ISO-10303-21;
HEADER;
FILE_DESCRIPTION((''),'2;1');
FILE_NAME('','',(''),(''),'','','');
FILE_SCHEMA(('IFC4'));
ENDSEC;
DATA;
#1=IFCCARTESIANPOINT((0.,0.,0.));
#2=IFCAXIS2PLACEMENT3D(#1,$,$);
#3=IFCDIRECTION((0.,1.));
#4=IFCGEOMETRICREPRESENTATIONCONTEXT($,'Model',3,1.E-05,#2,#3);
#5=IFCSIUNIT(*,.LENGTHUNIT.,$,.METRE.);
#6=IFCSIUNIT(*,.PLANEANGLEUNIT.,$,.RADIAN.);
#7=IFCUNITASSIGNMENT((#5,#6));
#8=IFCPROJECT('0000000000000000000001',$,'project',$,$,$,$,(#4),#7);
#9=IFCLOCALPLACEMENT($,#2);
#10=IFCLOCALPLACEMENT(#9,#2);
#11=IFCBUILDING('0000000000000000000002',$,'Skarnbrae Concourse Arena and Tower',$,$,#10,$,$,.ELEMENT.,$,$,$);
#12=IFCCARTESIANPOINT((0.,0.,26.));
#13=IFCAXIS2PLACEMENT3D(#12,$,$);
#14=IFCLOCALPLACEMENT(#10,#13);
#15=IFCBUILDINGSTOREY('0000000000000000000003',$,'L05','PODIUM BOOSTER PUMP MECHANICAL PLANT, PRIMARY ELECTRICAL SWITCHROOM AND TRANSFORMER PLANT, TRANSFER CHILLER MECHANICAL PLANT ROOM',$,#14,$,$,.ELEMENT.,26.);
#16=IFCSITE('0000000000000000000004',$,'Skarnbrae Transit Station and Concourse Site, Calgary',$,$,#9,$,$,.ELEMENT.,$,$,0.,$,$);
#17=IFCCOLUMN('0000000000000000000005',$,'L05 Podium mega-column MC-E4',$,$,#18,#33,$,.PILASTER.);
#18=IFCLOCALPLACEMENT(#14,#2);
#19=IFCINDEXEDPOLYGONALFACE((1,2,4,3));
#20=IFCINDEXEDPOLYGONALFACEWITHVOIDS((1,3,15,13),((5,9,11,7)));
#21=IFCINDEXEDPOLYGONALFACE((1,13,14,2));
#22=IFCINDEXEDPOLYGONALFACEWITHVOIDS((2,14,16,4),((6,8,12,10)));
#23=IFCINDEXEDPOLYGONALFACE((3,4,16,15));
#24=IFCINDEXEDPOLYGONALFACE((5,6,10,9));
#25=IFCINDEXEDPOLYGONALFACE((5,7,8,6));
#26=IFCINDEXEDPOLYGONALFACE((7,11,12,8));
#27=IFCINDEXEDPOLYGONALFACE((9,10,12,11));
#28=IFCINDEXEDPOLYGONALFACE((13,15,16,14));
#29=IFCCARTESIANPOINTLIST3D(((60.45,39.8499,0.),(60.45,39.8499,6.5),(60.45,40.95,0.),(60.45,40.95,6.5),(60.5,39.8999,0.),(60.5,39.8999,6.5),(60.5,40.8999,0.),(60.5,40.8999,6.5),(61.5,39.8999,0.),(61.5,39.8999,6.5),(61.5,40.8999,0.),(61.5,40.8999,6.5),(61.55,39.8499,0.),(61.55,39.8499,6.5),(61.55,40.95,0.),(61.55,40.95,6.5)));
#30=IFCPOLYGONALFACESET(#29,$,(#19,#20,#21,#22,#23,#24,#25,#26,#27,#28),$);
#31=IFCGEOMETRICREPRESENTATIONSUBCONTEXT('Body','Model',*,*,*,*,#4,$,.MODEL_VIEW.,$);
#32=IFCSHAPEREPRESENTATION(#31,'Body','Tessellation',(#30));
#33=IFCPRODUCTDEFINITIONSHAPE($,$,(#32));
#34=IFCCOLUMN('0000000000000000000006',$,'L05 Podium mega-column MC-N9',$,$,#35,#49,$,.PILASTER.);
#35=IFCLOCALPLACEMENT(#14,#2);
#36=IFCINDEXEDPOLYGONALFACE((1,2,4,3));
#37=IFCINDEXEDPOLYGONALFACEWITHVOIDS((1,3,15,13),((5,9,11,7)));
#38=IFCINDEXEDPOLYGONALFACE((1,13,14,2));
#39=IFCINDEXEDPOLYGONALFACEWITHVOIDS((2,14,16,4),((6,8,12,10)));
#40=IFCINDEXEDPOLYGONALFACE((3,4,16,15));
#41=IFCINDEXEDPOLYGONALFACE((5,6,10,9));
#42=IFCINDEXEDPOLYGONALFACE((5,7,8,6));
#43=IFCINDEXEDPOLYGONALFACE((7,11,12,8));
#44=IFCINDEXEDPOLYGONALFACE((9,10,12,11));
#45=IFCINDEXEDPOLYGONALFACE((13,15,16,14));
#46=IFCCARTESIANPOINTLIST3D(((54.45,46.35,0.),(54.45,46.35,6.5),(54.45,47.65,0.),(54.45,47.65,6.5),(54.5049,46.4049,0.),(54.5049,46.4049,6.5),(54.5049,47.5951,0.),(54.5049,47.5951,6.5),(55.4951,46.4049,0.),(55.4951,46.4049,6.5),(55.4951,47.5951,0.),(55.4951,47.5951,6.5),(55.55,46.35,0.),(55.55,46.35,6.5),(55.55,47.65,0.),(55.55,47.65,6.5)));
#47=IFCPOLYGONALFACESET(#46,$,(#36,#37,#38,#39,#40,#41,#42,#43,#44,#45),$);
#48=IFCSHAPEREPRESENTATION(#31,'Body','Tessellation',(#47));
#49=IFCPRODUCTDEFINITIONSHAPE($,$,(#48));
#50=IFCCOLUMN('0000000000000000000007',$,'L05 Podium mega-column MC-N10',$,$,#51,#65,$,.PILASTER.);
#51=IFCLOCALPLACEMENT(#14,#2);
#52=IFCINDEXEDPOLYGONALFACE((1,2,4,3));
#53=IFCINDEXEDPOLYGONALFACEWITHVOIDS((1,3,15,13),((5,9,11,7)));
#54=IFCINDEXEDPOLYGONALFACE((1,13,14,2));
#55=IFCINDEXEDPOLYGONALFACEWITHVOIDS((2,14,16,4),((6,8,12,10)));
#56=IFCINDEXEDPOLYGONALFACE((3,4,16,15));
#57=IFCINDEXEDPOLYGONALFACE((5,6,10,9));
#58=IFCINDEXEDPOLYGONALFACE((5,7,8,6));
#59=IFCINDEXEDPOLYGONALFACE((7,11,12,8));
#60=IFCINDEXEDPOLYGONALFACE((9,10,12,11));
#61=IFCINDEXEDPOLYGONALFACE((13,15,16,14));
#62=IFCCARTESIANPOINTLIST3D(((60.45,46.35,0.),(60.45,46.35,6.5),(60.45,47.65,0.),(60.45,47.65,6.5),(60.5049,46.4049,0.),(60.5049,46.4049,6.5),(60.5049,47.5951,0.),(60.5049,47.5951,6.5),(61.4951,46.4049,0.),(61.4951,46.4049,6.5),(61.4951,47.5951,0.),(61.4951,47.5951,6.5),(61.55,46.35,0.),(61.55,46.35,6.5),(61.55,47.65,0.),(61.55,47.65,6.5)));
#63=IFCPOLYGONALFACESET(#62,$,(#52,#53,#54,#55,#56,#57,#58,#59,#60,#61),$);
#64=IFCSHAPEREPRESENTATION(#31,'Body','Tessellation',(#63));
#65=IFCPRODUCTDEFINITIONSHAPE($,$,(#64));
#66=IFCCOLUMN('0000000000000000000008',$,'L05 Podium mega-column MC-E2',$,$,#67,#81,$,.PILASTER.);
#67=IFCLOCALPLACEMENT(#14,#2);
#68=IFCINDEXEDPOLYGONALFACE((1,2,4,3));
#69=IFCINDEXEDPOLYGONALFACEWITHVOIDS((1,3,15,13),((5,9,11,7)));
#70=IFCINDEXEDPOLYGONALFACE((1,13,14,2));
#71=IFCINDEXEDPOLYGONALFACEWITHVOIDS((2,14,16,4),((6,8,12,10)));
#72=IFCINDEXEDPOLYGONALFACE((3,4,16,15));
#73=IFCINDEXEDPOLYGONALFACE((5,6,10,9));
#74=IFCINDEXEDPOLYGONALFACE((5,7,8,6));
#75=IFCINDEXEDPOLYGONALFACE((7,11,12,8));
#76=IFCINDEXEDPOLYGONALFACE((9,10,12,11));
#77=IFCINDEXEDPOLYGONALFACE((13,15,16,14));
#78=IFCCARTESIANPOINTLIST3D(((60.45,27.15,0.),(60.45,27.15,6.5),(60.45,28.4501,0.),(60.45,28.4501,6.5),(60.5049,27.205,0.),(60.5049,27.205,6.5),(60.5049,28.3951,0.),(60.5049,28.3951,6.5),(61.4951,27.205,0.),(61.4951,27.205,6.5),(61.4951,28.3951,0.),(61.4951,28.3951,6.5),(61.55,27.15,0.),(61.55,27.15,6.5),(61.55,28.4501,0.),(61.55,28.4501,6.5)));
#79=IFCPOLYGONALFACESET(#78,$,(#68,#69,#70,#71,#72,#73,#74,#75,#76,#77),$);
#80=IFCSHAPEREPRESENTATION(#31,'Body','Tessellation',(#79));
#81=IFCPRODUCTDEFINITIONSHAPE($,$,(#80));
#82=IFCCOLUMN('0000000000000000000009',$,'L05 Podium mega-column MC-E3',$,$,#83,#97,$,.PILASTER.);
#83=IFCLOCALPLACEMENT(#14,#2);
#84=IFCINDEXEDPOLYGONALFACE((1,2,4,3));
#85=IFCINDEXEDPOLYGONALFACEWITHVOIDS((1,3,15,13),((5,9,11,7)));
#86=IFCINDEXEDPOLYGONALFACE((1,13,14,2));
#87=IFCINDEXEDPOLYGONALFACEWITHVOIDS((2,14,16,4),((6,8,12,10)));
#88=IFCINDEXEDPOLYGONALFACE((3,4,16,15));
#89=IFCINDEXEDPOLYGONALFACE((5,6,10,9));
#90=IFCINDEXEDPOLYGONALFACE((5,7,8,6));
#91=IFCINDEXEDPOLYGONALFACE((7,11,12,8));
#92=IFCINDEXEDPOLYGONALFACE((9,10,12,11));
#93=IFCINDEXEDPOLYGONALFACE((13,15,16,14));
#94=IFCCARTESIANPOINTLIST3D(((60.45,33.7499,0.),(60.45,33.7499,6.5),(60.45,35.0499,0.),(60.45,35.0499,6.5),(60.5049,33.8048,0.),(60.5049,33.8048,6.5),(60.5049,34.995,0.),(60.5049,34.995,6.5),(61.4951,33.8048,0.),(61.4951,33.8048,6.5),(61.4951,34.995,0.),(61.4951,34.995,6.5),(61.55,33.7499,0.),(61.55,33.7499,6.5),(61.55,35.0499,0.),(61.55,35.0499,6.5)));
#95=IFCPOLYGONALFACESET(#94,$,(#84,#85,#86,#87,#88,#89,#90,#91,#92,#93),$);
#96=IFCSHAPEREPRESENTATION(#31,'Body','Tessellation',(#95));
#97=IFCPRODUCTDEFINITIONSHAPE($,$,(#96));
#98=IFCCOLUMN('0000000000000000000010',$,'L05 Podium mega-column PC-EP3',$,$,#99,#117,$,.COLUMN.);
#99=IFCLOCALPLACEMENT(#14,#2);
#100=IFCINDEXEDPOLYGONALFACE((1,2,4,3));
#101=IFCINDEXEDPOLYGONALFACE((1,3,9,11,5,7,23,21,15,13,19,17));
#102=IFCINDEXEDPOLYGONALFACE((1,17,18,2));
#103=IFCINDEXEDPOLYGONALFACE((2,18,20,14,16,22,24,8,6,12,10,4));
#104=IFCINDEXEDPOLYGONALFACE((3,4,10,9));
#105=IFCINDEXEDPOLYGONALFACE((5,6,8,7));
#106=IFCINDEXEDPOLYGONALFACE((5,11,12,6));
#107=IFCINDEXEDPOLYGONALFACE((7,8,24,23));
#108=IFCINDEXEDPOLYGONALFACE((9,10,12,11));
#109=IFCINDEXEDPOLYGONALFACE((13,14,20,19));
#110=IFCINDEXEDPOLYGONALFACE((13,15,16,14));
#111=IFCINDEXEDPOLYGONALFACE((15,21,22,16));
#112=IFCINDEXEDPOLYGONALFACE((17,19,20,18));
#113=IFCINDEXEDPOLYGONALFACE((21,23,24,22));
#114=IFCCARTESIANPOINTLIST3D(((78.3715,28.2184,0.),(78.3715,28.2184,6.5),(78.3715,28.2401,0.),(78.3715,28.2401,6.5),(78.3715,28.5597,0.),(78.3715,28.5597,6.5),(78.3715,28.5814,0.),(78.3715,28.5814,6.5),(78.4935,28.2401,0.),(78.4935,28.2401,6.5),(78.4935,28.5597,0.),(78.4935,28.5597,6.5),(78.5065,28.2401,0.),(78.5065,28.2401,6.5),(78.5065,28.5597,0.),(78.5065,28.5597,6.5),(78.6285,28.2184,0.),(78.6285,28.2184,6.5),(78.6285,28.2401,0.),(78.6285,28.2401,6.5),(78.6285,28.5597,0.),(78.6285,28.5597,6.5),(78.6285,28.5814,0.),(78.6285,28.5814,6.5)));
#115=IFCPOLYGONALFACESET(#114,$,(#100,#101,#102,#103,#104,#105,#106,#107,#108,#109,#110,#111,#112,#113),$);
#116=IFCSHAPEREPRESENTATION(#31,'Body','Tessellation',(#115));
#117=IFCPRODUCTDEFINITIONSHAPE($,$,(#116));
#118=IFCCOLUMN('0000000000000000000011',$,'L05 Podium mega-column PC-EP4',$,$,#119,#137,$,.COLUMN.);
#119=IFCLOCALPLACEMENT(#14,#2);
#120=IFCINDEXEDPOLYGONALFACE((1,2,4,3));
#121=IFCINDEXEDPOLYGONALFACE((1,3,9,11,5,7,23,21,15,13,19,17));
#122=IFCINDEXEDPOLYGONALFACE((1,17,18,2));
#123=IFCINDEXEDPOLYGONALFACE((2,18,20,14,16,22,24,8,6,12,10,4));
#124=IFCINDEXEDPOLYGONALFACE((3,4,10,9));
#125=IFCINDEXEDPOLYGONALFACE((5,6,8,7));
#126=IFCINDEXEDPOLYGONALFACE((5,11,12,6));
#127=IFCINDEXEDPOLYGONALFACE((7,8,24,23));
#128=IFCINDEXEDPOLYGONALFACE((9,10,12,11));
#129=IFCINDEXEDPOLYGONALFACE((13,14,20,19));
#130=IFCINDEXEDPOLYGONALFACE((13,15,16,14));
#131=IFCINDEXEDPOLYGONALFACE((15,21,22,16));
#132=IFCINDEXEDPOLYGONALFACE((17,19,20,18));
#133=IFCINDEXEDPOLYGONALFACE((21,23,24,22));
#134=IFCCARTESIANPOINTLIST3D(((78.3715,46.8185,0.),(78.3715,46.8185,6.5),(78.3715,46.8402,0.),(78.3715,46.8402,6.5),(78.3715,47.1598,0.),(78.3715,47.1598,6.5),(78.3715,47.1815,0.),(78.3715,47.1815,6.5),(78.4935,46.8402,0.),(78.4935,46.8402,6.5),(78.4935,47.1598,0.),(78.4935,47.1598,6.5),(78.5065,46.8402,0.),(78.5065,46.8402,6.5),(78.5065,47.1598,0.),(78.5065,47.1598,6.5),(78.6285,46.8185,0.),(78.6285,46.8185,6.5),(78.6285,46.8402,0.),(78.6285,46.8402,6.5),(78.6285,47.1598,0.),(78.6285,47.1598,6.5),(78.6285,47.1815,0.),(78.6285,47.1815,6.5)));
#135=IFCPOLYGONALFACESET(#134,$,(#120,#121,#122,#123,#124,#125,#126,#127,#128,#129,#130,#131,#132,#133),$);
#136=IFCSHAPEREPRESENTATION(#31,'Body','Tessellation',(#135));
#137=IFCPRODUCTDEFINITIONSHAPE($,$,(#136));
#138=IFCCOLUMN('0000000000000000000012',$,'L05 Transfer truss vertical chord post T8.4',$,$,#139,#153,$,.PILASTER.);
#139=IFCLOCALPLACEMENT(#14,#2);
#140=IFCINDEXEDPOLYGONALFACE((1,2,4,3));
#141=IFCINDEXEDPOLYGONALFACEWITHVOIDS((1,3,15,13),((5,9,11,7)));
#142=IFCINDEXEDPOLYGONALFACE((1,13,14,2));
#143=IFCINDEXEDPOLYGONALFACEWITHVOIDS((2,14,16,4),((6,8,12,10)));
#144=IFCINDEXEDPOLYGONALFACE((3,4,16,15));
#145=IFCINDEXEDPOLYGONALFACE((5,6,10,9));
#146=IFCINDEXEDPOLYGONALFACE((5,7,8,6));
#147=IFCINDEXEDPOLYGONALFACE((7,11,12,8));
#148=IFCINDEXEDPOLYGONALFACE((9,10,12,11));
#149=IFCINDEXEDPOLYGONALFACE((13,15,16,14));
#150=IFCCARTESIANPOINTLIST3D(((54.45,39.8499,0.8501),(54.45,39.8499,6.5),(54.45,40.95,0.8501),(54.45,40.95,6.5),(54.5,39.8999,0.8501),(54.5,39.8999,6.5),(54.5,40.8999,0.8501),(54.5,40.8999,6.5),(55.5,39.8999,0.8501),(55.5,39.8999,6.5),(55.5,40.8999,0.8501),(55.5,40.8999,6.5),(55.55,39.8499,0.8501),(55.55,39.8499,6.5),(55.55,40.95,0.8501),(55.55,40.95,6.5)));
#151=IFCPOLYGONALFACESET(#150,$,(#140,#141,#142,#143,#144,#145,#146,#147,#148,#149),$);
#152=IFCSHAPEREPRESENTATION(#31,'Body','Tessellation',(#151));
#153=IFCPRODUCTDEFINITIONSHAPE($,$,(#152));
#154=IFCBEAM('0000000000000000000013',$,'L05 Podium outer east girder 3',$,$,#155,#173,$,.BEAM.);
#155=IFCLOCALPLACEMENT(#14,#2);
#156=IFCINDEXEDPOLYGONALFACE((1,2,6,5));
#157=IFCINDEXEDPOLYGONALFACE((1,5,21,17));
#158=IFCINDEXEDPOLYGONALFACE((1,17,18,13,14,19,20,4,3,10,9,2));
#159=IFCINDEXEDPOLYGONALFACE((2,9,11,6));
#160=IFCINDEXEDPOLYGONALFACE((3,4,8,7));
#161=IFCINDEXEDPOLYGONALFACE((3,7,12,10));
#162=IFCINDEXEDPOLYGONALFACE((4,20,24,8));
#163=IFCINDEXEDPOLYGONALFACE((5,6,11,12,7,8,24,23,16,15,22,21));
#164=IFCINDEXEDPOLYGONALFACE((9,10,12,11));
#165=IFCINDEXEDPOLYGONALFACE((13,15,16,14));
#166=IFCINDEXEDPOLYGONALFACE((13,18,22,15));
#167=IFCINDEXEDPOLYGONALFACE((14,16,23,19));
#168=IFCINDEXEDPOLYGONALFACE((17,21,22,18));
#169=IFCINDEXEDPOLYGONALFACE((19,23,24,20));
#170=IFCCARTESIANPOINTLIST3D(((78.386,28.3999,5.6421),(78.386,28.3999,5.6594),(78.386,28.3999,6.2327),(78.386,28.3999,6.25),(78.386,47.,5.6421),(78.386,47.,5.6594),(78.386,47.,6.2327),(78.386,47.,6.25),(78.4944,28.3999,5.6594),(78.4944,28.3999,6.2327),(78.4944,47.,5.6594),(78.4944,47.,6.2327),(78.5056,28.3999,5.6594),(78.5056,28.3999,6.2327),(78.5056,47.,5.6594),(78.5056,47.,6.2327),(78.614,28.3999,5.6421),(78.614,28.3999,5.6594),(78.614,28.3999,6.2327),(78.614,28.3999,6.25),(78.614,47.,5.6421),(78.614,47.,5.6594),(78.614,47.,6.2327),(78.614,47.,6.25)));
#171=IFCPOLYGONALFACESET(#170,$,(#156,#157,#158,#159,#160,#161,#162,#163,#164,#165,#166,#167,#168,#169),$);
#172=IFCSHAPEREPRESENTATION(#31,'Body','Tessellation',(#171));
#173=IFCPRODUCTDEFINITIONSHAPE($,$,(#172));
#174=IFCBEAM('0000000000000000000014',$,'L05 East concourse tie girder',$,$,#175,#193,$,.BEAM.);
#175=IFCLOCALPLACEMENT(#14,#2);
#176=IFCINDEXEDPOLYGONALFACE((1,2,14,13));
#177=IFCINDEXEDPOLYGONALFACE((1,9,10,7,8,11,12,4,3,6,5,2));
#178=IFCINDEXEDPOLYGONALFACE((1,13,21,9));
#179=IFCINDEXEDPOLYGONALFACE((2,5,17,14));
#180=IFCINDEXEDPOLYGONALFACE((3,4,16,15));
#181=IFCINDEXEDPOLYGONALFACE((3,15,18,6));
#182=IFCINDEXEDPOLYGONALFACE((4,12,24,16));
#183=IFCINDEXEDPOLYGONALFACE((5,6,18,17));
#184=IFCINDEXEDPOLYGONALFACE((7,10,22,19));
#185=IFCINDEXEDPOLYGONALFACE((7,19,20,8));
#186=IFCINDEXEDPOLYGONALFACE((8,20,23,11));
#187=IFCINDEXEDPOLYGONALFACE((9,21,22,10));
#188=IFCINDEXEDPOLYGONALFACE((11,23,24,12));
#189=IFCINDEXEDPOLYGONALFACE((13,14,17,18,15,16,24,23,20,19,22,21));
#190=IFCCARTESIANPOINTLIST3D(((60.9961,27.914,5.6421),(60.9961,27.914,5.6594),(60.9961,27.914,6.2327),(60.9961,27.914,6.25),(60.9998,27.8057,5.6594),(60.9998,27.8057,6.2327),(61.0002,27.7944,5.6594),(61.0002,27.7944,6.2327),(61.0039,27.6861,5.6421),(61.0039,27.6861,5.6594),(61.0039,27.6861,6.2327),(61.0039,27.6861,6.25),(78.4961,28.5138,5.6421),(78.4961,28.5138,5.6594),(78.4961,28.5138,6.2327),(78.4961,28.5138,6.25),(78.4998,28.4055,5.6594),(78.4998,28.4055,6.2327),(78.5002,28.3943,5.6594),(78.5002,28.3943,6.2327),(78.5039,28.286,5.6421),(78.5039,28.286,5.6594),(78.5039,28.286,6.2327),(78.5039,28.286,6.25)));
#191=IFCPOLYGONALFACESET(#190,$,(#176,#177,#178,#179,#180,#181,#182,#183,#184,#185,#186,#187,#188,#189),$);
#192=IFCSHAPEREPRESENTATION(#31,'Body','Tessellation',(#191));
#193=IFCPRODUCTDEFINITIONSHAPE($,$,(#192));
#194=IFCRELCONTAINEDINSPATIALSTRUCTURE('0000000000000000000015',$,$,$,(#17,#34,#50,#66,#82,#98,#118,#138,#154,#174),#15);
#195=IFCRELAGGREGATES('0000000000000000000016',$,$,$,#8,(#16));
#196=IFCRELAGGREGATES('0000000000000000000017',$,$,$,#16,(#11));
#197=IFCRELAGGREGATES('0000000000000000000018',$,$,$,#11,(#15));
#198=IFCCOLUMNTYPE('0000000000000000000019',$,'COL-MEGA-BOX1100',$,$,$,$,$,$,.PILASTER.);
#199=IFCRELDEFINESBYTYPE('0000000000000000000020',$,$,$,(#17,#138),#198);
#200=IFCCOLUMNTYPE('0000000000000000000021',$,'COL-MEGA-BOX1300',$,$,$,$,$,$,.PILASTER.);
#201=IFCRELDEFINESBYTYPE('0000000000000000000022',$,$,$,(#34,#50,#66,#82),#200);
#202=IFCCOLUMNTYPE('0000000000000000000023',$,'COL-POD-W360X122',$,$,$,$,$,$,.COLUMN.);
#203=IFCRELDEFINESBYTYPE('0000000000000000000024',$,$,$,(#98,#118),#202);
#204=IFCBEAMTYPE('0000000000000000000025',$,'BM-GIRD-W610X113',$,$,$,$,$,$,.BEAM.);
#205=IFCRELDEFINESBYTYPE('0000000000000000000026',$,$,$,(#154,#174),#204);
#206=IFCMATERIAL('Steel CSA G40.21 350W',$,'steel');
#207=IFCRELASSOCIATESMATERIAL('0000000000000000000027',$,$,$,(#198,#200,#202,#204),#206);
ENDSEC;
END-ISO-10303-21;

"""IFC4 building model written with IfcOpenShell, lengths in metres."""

from ifc_helpers import new_model, si_unit, direction, frame, origin, origin_2d, place, context, subcontext, project, spatial, hollow_rectangle, i_section, extrude, source, transform, mapped, material, material_profile, profile_set, type_object, element, save


model = new_model("IFC4")

# Units and contexts
model_context = context("Model", 3, precision=1e-05, world=origin(), true_north=direction((0.0, 1.0)))
body_context = subcontext(model_context, "Body", "Model", "MODEL_VIEW")
ifc_project = project(units=[si_unit("LENGTHUNIT", "METRE"), si_unit("PLANEANGLEUNIT", "RADIAN")], contexts=[model_context])

# Site, building, storey
site_placement = place(None, origin())
site = spatial("IfcSite", under=ifc_project, at=site_placement, Name="Skarnbrae Transit Station and Concourse Site, Calgary", CompositionType="ELEMENT", RefElevation=0.0)
building_placement = place(site_placement, origin())
building = spatial("IfcBuilding", under=site, at=building_placement, Name="Skarnbrae Concourse Arena and Tower", CompositionType="ELEMENT")
storey_placement = place(building_placement, frame((0.0, 0.0, 26.0)))
storey = spatial("IfcBuildingStorey", under=building, at=storey_placement, Name="L05", Description="PODIUM BOOSTER PUMP MECHANICAL PLANT, PRIMARY ELECTRICAL SWITCHROOM AND TRANSFORMER PLANT, TRANSFER CHILLER MECHANICAL PLANT ROOM", CompositionType="ELEMENT", Elevation=26.0)

# Columns
ifc_material_1 = material(Name="Steel CSA G40.21 350W", Category="steel")
ifc_material_profile_1 = material_profile(ifc_material_1, hollow_rectangle(XDim=1.1001, YDim=1.1001, WallThickness=0.05, at=origin_2d()), Name="BOX1100X1100X50")
ifc_profile_set_1 = profile_set([ifc_material_profile_1], Name="Steel CSA G40.21 350W")
column_type_1 = type_object("IfcColumnType", Name="COL-MEGA-BOX1100", PredefinedType="PILASTER", material=ifc_profile_set_1)
shared_shape_1 = source(origin(), body_context, "Body", "SweptSolid", [
    extrude(hollow_rectangle(XDim=1.1001, YDim=1.1001, WallThickness=0.05, at=origin_2d()), origin(), (0.0, 0.0, 1.0), 6.5),
])
column_1_placement = place(storey_placement, frame((61.0, 40.3999, 0.0), z_axis=(0.0, 0.0, 1.0), x_axis=(1.0, 0.0, 0.0)))
element("IfcColumn", 1, at=column_1_placement, inside=storey, type_object=column_type_1, Name="L05 Podium mega-column MC-E4", PredefinedType="PILASTER", context=body_context, shape_type="MappedRepresentation", body=[
    mapped(shared_shape_1, transform((0.0, 0.0, 0.0))),
])
ifc_material_profile_2 = material_profile(ifc_material_1, hollow_rectangle(XDim=1.1001, YDim=1.3, WallThickness=0.0549, at=origin_2d()), Name="BOX1300X1100X55")
ifc_profile_set_2 = profile_set([ifc_material_profile_2], Name="Steel CSA G40.21 350W")
column_type_2 = type_object("IfcColumnType", Name="COL-MEGA-BOX1300", PredefinedType="PILASTER", material=ifc_profile_set_2)
shared_shape_2 = source(origin(), body_context, "Body", "SweptSolid", [
    extrude(hollow_rectangle(XDim=1.1001, YDim=1.3, WallThickness=0.0549, at=origin_2d()), origin(), (0.0, 0.0, 1.0), 6.5),
])
for number, where, z_axis, x_axis, name in (
    (2, (55.0, 47.0, 0.0), (0.0, 0.0, 1.0), (1.0, 0.0, 0.0), "L05 Podium mega-column MC-N9"),
    (3, (61.0, 47.0, 0.0), (0.0, 0.0, 1.0), (1.0, 0.0, 0.0), "L05 Podium mega-column MC-N10"),
    (4, (61.0, 27.8, 0.0), (0.0, 0.0, 1.0), (1.0, 0.0, 0.0), "L05 Podium mega-column MC-E2"),
    (5, (61.0, 34.3999, 0.0), (0.0, 0.0, 1.0), (1.0, 0.0, 0.0), "L05 Podium mega-column MC-E3"),
):
    element("IfcColumn", number, at=place(storey_placement, frame(where, z_axis=z_axis, x_axis=x_axis)), inside=storey, type_object=column_type_2, Name=name, PredefinedType="PILASTER", context=body_context, shape_type="MappedRepresentation", body=[
        mapped(shared_shape_2, transform((0.0, 0.0, 0.0))),
    ])
ifc_material_profile_3 = material_profile(ifc_material_1, i_section(OverallWidth=0.2571, OverallDepth=0.363, WebThickness=0.0129, FlangeThickness=0.0217, at=origin_2d()), Name="W360X122")
ifc_profile_set_3 = profile_set([ifc_material_profile_3], Name="Steel CSA G40.21 350W")
column_type_3 = type_object("IfcColumnType", Name="COL-POD-W360X122", PredefinedType="COLUMN", material=ifc_profile_set_3)
shared_shape_3 = source(origin(), body_context, "Body", "SweptSolid", [
    extrude(i_section(OverallWidth=0.2571, OverallDepth=0.363, WebThickness=0.0129, FlangeThickness=0.0217, at=origin_2d()), origin(), (0.0, 0.0, 1.0), 6.5),
])
for number, where, z_axis, x_axis, name in (
    (6, (78.5, 28.3999, 0.0), (0.0, 0.0, 1.0), (1.0, 0.0, 0.0), "L05 Podium mega-column PC-EP3"),
    (7, (78.5, 47.0, 0.0), (0.0, 0.0, 1.0), (1.0, 0.0, 0.0), "L05 Podium mega-column PC-EP4"),
):
    element("IfcColumn", number, at=place(storey_placement, frame(where, z_axis=z_axis, x_axis=x_axis)), inside=storey, type_object=column_type_3, Name=name, PredefinedType="COLUMN", context=body_context, shape_type="MappedRepresentation", body=[
        mapped(shared_shape_3, transform((0.0, 0.0, 0.0))),
    ])
shared_shape_4 = source(origin(), body_context, "Body", "SweptSolid", [
    extrude(hollow_rectangle(XDim=1.1001, YDim=1.1001, WallThickness=0.05, at=origin_2d()), origin(), (0.0, 0.0, 1.0), 5.6499),
])
column_2_placement = place(storey_placement, frame((55.0, 40.3999, 0.8501), z_axis=(0.0, 0.0, 1.0), x_axis=(1.0, 0.0, 0.0)))
element("IfcColumn", 8, at=column_2_placement, inside=storey, type_object=column_type_1, Name="L05 Transfer truss vertical chord post T8.4", PredefinedType="PILASTER", context=body_context, shape_type="MappedRepresentation", body=[
    mapped(shared_shape_4, transform((0.0, 0.0, 0.0))),
])

# Beams
ifc_material_profile_4 = material_profile(ifc_material_1, i_section(OverallWidth=0.228, OverallDepth=0.6079, WebThickness=0.0112, FlangeThickness=0.0173, at=origin_2d()), Name="W610X113")
ifc_profile_set_4 = profile_set([ifc_material_profile_4], Name="Steel CSA G40.21 350W")
beam_type_1 = type_object("IfcBeamType", Name="BM-GIRD-W610X113", PredefinedType="BEAM", material=ifc_profile_set_4)
shared_shape_5 = source(origin(), body_context, "Body", "SweptSolid", [
    extrude(i_section(OverallWidth=0.228, OverallDepth=0.6079, WebThickness=0.0112, FlangeThickness=0.0173, at=origin_2d()), origin(), (0.0, 0.0, 1.0), 18.6001),
])
beam_1_placement = place(storey_placement, frame((78.5, 28.3999, 5.946), z_axis=(0.0, 1.0, 0.0), x_axis=(-1.0, 0.0, 0.0)))
element("IfcBeam", 9, at=beam_1_placement, inside=storey, type_object=beam_type_1, Name="L05 Podium outer east girder 3", PredefinedType="BEAM", context=body_context, shape_type="MappedRepresentation", body=[
    mapped(shared_shape_5, transform((0.0, 0.0, 0.0))),
])
shared_shape_6 = source(origin(), body_context, "Body", "SweptSolid", [
    extrude(i_section(OverallWidth=0.228, OverallDepth=0.6079, WebThickness=0.0112, FlangeThickness=0.0173, at=origin_2d()), origin(), (0.0, 0.0, 1.0), 17.5103),
])
beam_2_placement = place(storey_placement, frame((61.0, 27.8, 5.946), z_axis=(0.999413, 0.034257, 0.0), x_axis=(-0.034257, 0.999413, 0.0)))
element("IfcBeam", 10, at=beam_2_placement, inside=storey, type_object=beam_type_1, Name="L05 East concourse tie girder", PredefinedType="BEAM", context=body_context, shape_type="MappedRepresentation", body=[
    mapped(shared_shape_6, transform((0.0, 0.0, 0.0))),
])

save(model, "model.ifc")
